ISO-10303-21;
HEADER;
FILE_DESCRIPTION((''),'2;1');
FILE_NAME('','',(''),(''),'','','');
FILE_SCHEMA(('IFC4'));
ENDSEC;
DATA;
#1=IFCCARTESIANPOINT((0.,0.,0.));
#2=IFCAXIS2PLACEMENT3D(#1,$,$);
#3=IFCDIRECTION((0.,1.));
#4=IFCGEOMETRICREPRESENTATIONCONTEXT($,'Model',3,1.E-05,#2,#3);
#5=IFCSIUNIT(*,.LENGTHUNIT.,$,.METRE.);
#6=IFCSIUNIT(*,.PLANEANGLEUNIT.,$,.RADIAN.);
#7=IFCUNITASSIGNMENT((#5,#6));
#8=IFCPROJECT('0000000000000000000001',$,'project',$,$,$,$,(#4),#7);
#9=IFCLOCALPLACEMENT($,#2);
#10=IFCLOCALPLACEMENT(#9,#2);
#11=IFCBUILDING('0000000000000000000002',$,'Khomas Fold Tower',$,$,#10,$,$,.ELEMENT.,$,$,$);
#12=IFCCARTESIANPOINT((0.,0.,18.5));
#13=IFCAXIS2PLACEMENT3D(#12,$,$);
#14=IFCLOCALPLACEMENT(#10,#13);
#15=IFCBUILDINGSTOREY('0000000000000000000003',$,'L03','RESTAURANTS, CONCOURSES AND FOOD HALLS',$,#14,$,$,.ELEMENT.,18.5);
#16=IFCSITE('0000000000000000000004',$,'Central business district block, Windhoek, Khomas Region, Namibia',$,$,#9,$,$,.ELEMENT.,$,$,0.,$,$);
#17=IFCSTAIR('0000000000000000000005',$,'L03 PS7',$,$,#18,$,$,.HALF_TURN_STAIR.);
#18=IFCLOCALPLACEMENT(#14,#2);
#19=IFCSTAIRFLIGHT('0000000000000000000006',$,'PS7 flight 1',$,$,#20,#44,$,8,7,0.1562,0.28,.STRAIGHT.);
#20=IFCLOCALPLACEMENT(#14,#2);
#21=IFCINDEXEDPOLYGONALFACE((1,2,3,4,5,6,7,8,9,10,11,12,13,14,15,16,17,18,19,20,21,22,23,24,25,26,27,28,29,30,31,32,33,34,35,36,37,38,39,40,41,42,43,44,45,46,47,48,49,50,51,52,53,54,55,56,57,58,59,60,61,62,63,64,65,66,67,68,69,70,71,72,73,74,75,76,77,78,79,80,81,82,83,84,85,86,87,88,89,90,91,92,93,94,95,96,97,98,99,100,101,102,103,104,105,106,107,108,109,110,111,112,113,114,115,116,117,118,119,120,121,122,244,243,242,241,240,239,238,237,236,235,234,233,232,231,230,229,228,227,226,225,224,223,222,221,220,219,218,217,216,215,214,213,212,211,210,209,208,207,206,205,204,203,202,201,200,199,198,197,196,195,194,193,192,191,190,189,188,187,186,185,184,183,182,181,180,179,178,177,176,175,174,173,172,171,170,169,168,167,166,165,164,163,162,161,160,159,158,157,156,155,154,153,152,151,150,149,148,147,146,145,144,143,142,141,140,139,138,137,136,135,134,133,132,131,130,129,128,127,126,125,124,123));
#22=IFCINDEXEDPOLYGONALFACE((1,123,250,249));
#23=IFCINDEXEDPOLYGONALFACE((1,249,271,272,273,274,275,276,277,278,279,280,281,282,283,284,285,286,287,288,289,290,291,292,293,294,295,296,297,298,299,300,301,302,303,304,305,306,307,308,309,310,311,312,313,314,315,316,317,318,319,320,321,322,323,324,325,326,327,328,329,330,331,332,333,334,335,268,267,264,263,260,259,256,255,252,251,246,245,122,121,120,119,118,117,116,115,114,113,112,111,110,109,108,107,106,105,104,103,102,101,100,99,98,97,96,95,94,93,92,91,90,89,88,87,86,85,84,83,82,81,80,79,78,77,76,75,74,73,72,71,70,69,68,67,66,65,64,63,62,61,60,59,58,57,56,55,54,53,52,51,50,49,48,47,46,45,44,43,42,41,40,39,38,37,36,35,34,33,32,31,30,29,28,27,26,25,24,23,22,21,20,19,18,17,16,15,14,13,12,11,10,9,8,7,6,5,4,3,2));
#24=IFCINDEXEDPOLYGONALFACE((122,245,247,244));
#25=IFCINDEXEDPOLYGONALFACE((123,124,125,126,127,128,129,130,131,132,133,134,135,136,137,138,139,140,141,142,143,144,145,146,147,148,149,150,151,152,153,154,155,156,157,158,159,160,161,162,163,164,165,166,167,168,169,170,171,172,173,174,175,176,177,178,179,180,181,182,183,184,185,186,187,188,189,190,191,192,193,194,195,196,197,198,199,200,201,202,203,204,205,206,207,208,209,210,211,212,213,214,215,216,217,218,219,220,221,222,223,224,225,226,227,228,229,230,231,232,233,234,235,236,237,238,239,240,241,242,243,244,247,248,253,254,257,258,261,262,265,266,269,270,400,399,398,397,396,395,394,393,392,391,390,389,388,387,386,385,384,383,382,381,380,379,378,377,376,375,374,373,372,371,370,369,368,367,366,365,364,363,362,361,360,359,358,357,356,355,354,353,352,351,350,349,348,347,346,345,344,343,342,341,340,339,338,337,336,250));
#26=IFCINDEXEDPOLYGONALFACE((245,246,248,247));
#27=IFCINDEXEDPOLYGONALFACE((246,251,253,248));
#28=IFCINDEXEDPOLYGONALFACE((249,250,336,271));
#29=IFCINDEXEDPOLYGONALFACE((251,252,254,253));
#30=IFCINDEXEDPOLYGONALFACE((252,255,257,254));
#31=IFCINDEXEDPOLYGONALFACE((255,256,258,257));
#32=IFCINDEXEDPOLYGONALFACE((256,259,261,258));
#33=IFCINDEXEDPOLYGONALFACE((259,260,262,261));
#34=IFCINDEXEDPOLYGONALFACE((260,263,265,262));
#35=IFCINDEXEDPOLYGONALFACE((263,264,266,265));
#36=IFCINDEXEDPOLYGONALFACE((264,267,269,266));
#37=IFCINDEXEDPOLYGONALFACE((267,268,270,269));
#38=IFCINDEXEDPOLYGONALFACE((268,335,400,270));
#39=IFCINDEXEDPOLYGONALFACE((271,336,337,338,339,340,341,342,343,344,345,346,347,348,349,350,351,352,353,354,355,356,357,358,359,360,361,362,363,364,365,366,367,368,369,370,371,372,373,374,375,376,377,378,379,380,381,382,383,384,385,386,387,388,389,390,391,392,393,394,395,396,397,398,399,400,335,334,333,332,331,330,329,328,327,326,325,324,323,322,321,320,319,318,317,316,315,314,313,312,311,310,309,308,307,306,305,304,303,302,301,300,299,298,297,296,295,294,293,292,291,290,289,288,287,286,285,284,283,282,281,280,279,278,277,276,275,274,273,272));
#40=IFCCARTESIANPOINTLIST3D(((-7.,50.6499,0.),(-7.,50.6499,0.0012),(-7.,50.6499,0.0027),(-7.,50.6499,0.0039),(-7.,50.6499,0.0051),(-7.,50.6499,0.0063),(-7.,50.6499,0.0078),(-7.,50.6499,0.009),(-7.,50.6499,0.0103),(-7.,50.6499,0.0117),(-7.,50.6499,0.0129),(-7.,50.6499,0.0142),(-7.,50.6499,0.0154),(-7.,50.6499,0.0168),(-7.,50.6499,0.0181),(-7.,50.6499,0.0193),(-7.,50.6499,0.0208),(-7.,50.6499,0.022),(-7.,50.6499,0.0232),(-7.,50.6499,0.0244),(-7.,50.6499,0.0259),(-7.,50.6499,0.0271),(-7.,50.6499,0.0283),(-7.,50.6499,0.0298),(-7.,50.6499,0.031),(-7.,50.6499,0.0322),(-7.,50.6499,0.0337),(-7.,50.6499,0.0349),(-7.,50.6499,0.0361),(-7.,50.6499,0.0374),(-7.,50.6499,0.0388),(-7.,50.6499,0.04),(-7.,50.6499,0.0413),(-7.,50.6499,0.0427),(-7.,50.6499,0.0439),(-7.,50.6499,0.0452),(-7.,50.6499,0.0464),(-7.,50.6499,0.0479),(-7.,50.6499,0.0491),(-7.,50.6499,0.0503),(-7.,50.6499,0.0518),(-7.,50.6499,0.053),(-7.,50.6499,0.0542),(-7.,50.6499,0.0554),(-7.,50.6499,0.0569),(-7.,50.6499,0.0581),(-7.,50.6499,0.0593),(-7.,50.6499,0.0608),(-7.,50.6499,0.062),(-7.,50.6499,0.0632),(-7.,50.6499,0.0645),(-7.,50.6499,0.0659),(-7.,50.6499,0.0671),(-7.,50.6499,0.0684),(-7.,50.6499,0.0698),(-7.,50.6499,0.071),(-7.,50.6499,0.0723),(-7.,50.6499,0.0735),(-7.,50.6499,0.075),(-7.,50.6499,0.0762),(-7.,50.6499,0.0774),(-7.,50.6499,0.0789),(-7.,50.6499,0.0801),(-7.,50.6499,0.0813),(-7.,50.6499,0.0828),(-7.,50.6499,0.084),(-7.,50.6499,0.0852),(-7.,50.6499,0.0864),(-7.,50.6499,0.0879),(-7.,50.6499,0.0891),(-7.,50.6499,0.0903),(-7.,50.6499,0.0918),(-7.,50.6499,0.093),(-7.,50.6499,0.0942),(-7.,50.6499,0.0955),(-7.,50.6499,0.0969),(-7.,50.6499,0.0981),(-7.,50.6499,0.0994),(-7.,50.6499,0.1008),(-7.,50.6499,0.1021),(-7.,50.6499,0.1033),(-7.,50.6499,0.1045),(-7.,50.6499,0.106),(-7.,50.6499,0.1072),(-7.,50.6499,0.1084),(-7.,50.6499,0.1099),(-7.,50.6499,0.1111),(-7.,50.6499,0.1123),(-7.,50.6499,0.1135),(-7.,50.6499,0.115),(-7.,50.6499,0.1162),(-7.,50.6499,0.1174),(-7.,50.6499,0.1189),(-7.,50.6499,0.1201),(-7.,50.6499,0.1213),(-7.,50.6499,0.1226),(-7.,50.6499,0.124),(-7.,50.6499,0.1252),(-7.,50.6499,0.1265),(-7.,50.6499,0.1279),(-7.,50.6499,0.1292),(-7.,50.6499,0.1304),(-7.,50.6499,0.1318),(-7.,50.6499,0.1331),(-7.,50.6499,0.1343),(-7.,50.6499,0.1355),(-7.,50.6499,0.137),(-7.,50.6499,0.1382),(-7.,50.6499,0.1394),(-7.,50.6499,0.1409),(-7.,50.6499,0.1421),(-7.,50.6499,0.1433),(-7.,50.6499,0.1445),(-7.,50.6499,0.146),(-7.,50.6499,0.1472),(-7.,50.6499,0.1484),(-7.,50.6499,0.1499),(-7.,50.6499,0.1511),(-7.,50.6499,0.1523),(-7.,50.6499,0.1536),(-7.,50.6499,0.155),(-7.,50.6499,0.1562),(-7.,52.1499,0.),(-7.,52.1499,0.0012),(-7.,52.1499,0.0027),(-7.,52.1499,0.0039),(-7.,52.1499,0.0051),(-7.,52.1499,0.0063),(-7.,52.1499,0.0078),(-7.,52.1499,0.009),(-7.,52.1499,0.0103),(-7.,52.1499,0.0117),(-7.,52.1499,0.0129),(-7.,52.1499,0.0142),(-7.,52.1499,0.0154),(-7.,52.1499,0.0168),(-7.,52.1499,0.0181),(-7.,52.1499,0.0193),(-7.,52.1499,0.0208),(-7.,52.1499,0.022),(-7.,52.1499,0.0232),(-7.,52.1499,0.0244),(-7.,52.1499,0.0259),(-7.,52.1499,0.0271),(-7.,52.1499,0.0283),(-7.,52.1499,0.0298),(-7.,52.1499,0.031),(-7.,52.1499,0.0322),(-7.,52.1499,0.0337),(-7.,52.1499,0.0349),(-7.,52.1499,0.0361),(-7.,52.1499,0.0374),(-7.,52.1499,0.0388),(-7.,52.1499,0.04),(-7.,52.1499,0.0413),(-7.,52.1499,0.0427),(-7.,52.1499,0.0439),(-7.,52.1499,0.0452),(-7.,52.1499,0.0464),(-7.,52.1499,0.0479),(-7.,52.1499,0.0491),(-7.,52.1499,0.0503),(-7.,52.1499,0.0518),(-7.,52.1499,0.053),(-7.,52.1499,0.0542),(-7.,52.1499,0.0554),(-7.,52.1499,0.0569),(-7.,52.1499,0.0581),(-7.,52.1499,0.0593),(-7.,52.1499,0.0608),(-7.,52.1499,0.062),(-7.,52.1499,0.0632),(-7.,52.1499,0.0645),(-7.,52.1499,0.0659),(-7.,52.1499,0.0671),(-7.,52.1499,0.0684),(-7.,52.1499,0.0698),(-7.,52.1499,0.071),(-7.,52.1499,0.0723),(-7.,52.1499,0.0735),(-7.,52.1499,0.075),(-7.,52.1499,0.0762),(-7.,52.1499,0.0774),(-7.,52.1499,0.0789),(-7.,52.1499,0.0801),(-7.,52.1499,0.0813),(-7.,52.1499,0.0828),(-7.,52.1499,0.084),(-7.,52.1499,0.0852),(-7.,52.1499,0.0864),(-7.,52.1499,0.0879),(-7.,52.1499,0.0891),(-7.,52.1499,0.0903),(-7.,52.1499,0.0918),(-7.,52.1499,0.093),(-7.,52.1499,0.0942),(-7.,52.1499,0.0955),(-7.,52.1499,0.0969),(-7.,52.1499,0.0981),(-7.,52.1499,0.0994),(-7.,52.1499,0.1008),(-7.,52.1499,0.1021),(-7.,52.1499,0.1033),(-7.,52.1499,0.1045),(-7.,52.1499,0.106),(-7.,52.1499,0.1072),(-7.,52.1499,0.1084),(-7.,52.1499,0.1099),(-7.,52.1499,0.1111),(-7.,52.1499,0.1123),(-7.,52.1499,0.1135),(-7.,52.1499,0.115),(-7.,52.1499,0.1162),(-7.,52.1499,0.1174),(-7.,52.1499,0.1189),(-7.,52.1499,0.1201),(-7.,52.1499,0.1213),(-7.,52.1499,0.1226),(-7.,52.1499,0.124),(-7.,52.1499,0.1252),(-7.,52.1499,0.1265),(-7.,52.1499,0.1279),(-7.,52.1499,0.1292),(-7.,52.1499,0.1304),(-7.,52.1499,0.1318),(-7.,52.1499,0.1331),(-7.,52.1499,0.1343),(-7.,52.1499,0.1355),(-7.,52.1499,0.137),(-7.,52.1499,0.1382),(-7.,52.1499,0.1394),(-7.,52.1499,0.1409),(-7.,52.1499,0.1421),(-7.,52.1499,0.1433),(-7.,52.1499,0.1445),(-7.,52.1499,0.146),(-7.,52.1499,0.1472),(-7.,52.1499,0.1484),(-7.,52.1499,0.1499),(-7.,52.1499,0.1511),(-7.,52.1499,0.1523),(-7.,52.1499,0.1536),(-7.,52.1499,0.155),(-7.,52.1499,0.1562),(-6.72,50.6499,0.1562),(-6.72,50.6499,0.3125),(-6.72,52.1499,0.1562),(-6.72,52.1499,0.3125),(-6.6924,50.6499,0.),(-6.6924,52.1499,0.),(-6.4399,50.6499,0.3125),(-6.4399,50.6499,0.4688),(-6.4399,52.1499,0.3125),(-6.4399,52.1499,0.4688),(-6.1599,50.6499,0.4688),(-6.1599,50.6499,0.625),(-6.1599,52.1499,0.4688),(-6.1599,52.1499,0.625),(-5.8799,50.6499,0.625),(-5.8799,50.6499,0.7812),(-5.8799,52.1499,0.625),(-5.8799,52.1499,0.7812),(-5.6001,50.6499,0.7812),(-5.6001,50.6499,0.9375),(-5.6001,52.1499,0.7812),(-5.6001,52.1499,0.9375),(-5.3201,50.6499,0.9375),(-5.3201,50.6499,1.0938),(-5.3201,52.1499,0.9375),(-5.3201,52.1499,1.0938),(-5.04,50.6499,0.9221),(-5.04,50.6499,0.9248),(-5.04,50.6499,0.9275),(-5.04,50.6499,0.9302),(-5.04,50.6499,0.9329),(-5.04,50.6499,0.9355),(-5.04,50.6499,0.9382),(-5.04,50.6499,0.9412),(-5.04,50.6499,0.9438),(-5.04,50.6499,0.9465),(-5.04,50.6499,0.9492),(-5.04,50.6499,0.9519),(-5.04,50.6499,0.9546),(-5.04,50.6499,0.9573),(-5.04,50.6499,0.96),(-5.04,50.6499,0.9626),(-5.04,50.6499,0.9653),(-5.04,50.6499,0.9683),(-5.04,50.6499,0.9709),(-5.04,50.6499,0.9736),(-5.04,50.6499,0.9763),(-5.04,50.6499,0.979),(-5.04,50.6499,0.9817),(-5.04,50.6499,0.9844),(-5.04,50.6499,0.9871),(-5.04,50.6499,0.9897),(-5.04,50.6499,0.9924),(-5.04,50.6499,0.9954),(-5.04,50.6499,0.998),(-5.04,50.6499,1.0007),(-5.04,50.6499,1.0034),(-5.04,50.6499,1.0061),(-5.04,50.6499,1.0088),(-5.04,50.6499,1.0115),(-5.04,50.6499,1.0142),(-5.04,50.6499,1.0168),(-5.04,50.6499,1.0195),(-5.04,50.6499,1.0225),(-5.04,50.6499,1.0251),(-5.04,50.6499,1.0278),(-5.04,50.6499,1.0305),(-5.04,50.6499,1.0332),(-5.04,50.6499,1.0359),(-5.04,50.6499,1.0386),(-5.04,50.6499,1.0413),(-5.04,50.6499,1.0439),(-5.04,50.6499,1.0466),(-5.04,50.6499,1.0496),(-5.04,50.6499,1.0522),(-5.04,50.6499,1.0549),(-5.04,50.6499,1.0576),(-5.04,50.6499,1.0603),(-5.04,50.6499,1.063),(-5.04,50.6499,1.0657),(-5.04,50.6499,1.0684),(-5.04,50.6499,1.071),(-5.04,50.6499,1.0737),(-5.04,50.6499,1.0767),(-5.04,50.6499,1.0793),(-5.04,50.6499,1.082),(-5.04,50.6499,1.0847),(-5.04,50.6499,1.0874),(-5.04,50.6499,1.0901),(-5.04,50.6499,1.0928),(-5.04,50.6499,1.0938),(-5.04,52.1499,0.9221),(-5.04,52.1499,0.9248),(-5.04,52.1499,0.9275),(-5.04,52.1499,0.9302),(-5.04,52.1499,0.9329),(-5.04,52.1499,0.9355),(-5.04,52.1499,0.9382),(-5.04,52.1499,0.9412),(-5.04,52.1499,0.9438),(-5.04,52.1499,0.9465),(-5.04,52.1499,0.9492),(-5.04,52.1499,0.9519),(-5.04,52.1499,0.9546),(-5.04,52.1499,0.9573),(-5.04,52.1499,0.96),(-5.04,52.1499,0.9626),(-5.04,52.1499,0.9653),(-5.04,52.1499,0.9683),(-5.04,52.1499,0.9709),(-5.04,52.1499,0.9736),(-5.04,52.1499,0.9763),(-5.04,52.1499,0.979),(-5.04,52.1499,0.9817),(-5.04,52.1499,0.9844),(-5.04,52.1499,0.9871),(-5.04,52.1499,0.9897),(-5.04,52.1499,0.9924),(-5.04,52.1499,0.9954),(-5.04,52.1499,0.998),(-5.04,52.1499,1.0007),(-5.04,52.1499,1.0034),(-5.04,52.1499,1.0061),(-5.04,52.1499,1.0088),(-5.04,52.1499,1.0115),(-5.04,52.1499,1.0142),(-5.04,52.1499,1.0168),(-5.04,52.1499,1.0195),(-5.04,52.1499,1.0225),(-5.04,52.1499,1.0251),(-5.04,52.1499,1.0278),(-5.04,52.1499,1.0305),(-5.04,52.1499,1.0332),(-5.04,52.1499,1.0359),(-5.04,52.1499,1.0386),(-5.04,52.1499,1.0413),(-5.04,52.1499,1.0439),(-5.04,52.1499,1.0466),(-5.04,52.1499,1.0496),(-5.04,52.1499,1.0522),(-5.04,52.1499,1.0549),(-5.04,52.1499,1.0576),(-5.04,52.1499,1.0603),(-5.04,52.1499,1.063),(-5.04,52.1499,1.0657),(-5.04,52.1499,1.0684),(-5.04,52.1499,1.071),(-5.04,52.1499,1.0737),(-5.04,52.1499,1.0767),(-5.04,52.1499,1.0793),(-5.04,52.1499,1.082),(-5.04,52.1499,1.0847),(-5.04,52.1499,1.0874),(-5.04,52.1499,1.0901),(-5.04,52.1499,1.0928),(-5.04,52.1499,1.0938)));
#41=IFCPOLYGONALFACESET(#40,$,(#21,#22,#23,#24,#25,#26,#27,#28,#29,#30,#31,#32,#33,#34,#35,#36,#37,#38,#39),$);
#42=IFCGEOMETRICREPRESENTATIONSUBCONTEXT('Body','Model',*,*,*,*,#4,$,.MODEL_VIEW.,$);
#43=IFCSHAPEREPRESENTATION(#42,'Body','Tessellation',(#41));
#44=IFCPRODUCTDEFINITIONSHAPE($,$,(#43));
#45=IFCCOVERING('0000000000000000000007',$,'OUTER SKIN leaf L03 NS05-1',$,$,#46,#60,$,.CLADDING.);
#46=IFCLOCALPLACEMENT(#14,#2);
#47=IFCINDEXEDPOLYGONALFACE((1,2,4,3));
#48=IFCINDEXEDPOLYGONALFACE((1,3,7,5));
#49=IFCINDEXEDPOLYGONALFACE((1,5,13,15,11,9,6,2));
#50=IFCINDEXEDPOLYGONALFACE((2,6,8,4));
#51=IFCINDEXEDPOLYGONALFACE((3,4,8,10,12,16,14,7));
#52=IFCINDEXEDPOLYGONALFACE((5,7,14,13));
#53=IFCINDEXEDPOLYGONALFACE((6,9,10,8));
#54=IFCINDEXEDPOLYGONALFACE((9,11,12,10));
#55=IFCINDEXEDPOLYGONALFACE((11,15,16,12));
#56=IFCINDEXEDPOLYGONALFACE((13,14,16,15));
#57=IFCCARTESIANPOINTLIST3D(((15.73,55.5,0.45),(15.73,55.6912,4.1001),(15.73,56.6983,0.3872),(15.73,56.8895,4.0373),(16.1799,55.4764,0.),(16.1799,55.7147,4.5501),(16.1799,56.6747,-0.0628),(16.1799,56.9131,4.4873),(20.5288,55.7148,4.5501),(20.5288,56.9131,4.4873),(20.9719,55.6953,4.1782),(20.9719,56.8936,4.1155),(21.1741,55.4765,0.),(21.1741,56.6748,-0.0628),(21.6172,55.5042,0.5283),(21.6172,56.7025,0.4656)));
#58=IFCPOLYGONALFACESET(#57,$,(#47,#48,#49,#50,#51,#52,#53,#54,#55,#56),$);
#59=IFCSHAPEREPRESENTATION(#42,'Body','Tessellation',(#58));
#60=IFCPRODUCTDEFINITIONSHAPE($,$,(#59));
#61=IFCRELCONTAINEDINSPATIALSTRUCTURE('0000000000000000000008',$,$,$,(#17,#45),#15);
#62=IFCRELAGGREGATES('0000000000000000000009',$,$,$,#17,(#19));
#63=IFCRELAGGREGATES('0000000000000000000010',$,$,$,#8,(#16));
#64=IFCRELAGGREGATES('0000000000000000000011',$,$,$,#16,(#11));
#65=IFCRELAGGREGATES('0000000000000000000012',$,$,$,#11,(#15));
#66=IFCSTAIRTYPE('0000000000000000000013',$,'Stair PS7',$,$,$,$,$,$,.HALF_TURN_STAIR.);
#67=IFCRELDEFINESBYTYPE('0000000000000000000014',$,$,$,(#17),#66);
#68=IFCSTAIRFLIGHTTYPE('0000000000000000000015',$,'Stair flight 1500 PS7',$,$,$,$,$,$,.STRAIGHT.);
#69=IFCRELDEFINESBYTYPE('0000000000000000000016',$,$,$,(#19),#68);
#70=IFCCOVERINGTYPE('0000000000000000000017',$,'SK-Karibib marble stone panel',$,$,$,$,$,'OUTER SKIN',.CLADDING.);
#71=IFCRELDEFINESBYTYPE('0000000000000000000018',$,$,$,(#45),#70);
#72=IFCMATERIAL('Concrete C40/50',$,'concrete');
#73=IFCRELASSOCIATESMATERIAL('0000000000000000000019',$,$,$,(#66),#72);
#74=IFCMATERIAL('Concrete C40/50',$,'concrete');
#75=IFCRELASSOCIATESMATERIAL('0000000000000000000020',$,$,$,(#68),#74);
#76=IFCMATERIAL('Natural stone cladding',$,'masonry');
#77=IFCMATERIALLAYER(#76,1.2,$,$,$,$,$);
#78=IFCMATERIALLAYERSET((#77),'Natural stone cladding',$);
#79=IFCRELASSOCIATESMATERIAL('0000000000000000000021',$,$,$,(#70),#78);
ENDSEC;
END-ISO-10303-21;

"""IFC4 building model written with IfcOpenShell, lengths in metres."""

from ifc_helpers import new_model, si_unit, direction, frame, origin, place, context, subcontext, project, spatial, polyline, outline, extrude, source, transform, mapped, material, layer, layer_set, type_object, element, aggregate, save


model = new_model("IFC4")

# Units and contexts
model_context = context("Model", 3, precision=1e-05, world=origin(), true_north=direction((0.0, 1.0)))
body_context = subcontext(model_context, "Body", "Model", "MODEL_VIEW")
ifc_project = project(units=[si_unit("LENGTHUNIT", "METRE"), si_unit("PLANEANGLEUNIT", "RADIAN")], contexts=[model_context])

# Site, building, storey
site_placement = place(None, origin())
site = spatial("IfcSite", under=ifc_project, at=site_placement, Name="Central business district block, Windhoek, Khomas Region, Namibia", CompositionType="ELEMENT", RefElevation=0.0)
building_placement = place(site_placement, origin())
building = spatial("IfcBuilding", under=site, at=building_placement, Name="Khomas Fold Tower", CompositionType="ELEMENT")
storey_placement = place(building_placement, frame((0.0, 0.0, 18.5)))
storey = spatial("IfcBuildingStorey", under=building, at=storey_placement, Name="L03", Description="RESTAURANTS, CONCOURSES AND FOOD HALLS", CompositionType="ELEMENT", Elevation=18.5)

# Stair, stair flight
ifc_material_1 = material(Name="Concrete C40/50", Category="concrete")
stair_type = type_object("IfcStairType", Name="Stair PS7", PredefinedType="HALF_TURN_STAIR", material=ifc_material_1)
stair_placement = place(storey_placement, origin())
stair = element("IfcStair", 1, at=stair_placement, inside=storey, type_object=stair_type, Name="L03 PS7", PredefinedType="HALF_TURN_STAIR")
ifc_material_2 = material(Name="Concrete C40/50", Category="concrete")
stair_flight_type = type_object("IfcStairFlightType", Name="Stair flight 1500 PS7", PredefinedType="STRAIGHT", material=ifc_material_2)
shared_shape_1 = source(origin(), body_context, "Body", "SweptSolid", [
    extrude(outline(polyline([(0.0, 0.0), (0.0, 0.0012), (0.0, 0.0027), (0.0, 0.0039), (0.0, 0.0051), (0.0, 0.0063), (0.0, 0.0078), (0.0, 0.009), (0.0, 0.0103), (0.0, 0.0117), (0.0, 0.0129), (0.0, 0.0142), (0.0, 0.0154), (0.0, 0.0168), (0.0, 0.0181), (0.0, 0.0193), (0.0, 0.0208), (0.0, 0.022), (0.0, 0.0232), (0.0, 0.0244), (0.0, 0.0259), (0.0, 0.0271), (0.0, 0.0283), (0.0, 0.0298), (0.0, 0.031), (0.0, 0.0322), (0.0, 0.0337), (0.0, 0.0349), (0.0, 0.0361), (0.0, 0.0374), (0.0, 0.0388), (0.0, 0.04), (0.0, 0.0413), (0.0, 0.0427), (0.0, 0.0439), (0.0, 0.0452), (0.0, 0.0464), (0.0, 0.0479), (0.0, 0.0491), (0.0, 0.0503), (0.0, 0.0518), (0.0, 0.053), (0.0, 0.0542), (0.0, 0.0554), (0.0, 0.0569), (0.0, 0.0581), (0.0, 0.0593), (0.0, 0.0608), (0.0, 0.062), (0.0, 0.0632), (0.0, 0.0645), (0.0, 0.0659), (0.0, 0.0671), (0.0, 0.0684), (0.0, 0.0698), (0.0, 0.071), (0.0, 0.0723), (0.0, 0.0735), (0.0, 0.075), (0.0, 0.0762), (0.0, 0.0774), (0.0, 0.0789), (0.0, 0.0801), (0.0, 0.0813), (0.0, 0.0828), (0.0, 0.084), (0.0, 0.0852), (0.0, 0.0864), (0.0, 0.0879), (0.0, 0.0891), (0.0, 0.0903), (0.0, 0.0918), (0.0, 0.093), (0.0, 0.0942), (0.0, 0.0955), (0.0, 0.0969), (0.0, 0.0981), (0.0, 0.0994), (0.0, 0.1008), (0.0, 0.1021), (0.0, 0.1033), (0.0, 0.1045), (0.0, 0.106), (0.0, 0.1072), (0.0, 0.1084), (0.0, 0.1099), (0.0, 0.1111), (0.0, 0.1123), (0.0, 0.1135), (0.0, 0.115), (0.0, 0.1162), (0.0, 0.1174), (0.0, 0.1189), (0.0, 0.1201), (0.0, 0.1213), (0.0, 0.1226), (0.0, 0.124), (0.0, 0.1252), (0.0, 0.1265), (0.0, 0.1279), (0.0, 0.1292), (0.0, 0.1304), (0.0, 0.1318), (0.0, 0.1331), (0.0, 0.1343), (0.0, 0.1355), (0.0, 0.137), (0.0, 0.1382), (0.0, 0.1394), (0.0, 0.1409), (0.0, 0.1421), (0.0, 0.1433), (0.0, 0.1445), (0.0, 0.146), (0.0, 0.1472), (0.0, 0.1484), (0.0, 0.1499), (0.0, 0.1511), (0.0, 0.1523), (0.0, 0.1536), (0.0, 0.155), (0.0, 0.1562), (0.28, 0.1562), (0.28, 0.3125), (0.5601, 0.3125), (0.5601, 0.4688), (0.8401, 0.4688), (0.8401, 0.625), (1.1201, 0.625), (1.1201, 0.7812), (1.3999, 0.7812), (1.3999, 0.9375), (1.6799, 0.9375), (1.6799, 1.0938), (1.96, 1.0938), (1.96, 1.25), (1.96, 1.2473), (1.96, 1.2446), (1.96, 1.2419), (1.96, 1.2393), (1.96, 1.2363), (1.96, 1.2336), (1.96, 1.231), (1.96, 1.2283), (1.96, 1.2256), (1.96, 1.2229), (1.96, 1.2202), (1.96, 1.2175), (1.96, 1.2148), (1.96, 1.2122), (1.96, 1.2092), (1.96, 1.2065), (1.96, 1.2039), (1.96, 1.2012), (1.96, 1.1985), (1.96, 1.1958), (1.96, 1.1931), (1.96, 1.1904), (1.96, 1.1877), (1.96, 1.1851), (1.96, 1.1821), (1.96, 1.1794), (1.96, 1.1768), (1.96, 1.1741), (1.96, 1.1714), (1.96, 1.1687), (1.96, 1.166), (1.96, 1.1633), (1.96, 1.1606), (1.96, 1.158), (1.96, 1.155), (1.96, 1.1523), (1.96, 1.1497), (1.96, 1.147), (1.96, 1.1443), (1.96, 1.1416), (1.96, 1.1389), (1.96, 1.1362), (1.96, 1.1335), (1.96, 1.1309), (1.96, 1.1279), (1.96, 1.1252), (1.96, 1.1226), (1.96, 1.1199), (1.96, 1.1172), (1.96, 1.1145), (1.96, 1.1118), (1.96, 1.1091), (1.96, 1.1064), (1.96, 1.1038), (1.96, 1.1008), (1.96, 1.0981), (1.96, 1.0955), (1.96, 1.0928), (1.96, 1.0901), (1.96, 1.0874), (1.96, 1.0847), (1.96, 1.082), (1.96, 1.0793), (1.96, 1.0767), (1.96, 1.0737), (1.96, 1.071), (1.96, 1.0684), (1.96, 1.0657), (1.96, 1.063), (1.96, 1.0603), (1.96, 1.0576), (1.96, 1.0549), (1.96, 1.0522), (1.96, 1.0496), (1.96, 1.0466), (1.96, 1.0439), (1.96, 1.0413), (1.96, 1.0386), (1.96, 1.0359), (1.96, 1.0332), (1.96, 1.0305), (1.96, 1.0278), (1.96, 1.0251), (1.96, 1.0225), (1.96, 1.0195), (1.96, 1.0168), (1.96, 1.0142), (1.96, 1.0115), (1.96, 1.0088), (1.96, 1.0061), (1.96, 1.0034), (1.96, 1.0007), (1.96, 0.998), (1.96, 0.9954), (1.96, 0.9924), (1.96, 0.9897), (1.96, 0.9871), (1.96, 0.9844), (1.96, 0.9817), (1.96, 0.979), (1.96, 0.9763), (1.96, 0.9736), (1.96, 0.9709), (1.96, 0.9683), (1.96, 0.9653), (1.96, 0.9626), (1.96, 0.96), (1.96, 0.9573), (1.96, 0.9546), (1.96, 0.9519), (1.96, 0.9492), (1.96, 0.9465), (1.96, 0.9438), (1.96, 0.9412), (1.96, 0.9382), (1.96, 0.9355), (1.96, 0.9329), (1.96, 0.9302), (1.96, 0.9275), (1.96, 0.9248), (1.96, 0.9221), (0.3076, 0.0), (0.0, 0.0)])), frame((0.0, 0.75, 0.0), z_axis=(0.0, -1.0, 0.0), x_axis=(1.0, 0.0, 0.0)), (0.0, 0.0, 1.0), 1.5),
])
stair_flight_1_placement = place(storey_placement, frame((-7.0, 51.3999, 0.0), z_axis=(0.0, 0.0, 1.0), x_axis=(1.0, 0.0, 0.0)))
stair_flight_1 = element("IfcStairFlight", 2, at=stair_flight_1_placement, type_object=stair_flight_type, Name="PS7 flight 1", NumberOfRisers=8, NumberOfTreads=7, PredefinedType="STRAIGHT", RiserHeight=0.1562, TreadLength=0.28, context=body_context, shape_type="MappedRepresentation", body=[
    mapped(shared_shape_1, transform((0.0, 0.0, 0.0))),
])
aggregate(stair, [stair_flight_1])

# Covering
ifc_material_3 = material(Name="Natural stone cladding", Category="masonry")
ifc_layer_1 = layer(ifc_material_3, 1.2)
ifc_layer_set_1 = layer_set([ifc_layer_1], Name="Natural stone cladding")
covering_type = type_object("IfcCoveringType", Name="SK-Karibib marble stone panel", ElementType="OUTER SKIN", PredefinedType="CLADDING", material=ifc_layer_set_1)
covering_placement = place(storey_placement, frame((15.73, 55.5, 0.45), z_axis=(0.000008, -0.998631, 0.052303), x_axis=(0.0, 0.052303, 0.998631)))
element("IfcCovering", 3, at=covering_placement, inside=storey, type_object=covering_type, Name="OUTER SKIN leaf L03 NS05-1", PredefinedType="CLADDING", context=body_context, shape_type="SweptSolid", body=[
    extrude(outline(polyline([(0.0, 0.0), (3.6552, 0.0), (4.1057, -0.45), (4.1057, -4.7988), (3.7334, -5.2419), (0.0785, -5.8872), (-0.4506, -5.4441), (-0.4506, -0.45), (0.0, 0.0)])), origin(), (0.0, 0.0, -1.0), 1.2),
])

save(model, "model.ifc")
